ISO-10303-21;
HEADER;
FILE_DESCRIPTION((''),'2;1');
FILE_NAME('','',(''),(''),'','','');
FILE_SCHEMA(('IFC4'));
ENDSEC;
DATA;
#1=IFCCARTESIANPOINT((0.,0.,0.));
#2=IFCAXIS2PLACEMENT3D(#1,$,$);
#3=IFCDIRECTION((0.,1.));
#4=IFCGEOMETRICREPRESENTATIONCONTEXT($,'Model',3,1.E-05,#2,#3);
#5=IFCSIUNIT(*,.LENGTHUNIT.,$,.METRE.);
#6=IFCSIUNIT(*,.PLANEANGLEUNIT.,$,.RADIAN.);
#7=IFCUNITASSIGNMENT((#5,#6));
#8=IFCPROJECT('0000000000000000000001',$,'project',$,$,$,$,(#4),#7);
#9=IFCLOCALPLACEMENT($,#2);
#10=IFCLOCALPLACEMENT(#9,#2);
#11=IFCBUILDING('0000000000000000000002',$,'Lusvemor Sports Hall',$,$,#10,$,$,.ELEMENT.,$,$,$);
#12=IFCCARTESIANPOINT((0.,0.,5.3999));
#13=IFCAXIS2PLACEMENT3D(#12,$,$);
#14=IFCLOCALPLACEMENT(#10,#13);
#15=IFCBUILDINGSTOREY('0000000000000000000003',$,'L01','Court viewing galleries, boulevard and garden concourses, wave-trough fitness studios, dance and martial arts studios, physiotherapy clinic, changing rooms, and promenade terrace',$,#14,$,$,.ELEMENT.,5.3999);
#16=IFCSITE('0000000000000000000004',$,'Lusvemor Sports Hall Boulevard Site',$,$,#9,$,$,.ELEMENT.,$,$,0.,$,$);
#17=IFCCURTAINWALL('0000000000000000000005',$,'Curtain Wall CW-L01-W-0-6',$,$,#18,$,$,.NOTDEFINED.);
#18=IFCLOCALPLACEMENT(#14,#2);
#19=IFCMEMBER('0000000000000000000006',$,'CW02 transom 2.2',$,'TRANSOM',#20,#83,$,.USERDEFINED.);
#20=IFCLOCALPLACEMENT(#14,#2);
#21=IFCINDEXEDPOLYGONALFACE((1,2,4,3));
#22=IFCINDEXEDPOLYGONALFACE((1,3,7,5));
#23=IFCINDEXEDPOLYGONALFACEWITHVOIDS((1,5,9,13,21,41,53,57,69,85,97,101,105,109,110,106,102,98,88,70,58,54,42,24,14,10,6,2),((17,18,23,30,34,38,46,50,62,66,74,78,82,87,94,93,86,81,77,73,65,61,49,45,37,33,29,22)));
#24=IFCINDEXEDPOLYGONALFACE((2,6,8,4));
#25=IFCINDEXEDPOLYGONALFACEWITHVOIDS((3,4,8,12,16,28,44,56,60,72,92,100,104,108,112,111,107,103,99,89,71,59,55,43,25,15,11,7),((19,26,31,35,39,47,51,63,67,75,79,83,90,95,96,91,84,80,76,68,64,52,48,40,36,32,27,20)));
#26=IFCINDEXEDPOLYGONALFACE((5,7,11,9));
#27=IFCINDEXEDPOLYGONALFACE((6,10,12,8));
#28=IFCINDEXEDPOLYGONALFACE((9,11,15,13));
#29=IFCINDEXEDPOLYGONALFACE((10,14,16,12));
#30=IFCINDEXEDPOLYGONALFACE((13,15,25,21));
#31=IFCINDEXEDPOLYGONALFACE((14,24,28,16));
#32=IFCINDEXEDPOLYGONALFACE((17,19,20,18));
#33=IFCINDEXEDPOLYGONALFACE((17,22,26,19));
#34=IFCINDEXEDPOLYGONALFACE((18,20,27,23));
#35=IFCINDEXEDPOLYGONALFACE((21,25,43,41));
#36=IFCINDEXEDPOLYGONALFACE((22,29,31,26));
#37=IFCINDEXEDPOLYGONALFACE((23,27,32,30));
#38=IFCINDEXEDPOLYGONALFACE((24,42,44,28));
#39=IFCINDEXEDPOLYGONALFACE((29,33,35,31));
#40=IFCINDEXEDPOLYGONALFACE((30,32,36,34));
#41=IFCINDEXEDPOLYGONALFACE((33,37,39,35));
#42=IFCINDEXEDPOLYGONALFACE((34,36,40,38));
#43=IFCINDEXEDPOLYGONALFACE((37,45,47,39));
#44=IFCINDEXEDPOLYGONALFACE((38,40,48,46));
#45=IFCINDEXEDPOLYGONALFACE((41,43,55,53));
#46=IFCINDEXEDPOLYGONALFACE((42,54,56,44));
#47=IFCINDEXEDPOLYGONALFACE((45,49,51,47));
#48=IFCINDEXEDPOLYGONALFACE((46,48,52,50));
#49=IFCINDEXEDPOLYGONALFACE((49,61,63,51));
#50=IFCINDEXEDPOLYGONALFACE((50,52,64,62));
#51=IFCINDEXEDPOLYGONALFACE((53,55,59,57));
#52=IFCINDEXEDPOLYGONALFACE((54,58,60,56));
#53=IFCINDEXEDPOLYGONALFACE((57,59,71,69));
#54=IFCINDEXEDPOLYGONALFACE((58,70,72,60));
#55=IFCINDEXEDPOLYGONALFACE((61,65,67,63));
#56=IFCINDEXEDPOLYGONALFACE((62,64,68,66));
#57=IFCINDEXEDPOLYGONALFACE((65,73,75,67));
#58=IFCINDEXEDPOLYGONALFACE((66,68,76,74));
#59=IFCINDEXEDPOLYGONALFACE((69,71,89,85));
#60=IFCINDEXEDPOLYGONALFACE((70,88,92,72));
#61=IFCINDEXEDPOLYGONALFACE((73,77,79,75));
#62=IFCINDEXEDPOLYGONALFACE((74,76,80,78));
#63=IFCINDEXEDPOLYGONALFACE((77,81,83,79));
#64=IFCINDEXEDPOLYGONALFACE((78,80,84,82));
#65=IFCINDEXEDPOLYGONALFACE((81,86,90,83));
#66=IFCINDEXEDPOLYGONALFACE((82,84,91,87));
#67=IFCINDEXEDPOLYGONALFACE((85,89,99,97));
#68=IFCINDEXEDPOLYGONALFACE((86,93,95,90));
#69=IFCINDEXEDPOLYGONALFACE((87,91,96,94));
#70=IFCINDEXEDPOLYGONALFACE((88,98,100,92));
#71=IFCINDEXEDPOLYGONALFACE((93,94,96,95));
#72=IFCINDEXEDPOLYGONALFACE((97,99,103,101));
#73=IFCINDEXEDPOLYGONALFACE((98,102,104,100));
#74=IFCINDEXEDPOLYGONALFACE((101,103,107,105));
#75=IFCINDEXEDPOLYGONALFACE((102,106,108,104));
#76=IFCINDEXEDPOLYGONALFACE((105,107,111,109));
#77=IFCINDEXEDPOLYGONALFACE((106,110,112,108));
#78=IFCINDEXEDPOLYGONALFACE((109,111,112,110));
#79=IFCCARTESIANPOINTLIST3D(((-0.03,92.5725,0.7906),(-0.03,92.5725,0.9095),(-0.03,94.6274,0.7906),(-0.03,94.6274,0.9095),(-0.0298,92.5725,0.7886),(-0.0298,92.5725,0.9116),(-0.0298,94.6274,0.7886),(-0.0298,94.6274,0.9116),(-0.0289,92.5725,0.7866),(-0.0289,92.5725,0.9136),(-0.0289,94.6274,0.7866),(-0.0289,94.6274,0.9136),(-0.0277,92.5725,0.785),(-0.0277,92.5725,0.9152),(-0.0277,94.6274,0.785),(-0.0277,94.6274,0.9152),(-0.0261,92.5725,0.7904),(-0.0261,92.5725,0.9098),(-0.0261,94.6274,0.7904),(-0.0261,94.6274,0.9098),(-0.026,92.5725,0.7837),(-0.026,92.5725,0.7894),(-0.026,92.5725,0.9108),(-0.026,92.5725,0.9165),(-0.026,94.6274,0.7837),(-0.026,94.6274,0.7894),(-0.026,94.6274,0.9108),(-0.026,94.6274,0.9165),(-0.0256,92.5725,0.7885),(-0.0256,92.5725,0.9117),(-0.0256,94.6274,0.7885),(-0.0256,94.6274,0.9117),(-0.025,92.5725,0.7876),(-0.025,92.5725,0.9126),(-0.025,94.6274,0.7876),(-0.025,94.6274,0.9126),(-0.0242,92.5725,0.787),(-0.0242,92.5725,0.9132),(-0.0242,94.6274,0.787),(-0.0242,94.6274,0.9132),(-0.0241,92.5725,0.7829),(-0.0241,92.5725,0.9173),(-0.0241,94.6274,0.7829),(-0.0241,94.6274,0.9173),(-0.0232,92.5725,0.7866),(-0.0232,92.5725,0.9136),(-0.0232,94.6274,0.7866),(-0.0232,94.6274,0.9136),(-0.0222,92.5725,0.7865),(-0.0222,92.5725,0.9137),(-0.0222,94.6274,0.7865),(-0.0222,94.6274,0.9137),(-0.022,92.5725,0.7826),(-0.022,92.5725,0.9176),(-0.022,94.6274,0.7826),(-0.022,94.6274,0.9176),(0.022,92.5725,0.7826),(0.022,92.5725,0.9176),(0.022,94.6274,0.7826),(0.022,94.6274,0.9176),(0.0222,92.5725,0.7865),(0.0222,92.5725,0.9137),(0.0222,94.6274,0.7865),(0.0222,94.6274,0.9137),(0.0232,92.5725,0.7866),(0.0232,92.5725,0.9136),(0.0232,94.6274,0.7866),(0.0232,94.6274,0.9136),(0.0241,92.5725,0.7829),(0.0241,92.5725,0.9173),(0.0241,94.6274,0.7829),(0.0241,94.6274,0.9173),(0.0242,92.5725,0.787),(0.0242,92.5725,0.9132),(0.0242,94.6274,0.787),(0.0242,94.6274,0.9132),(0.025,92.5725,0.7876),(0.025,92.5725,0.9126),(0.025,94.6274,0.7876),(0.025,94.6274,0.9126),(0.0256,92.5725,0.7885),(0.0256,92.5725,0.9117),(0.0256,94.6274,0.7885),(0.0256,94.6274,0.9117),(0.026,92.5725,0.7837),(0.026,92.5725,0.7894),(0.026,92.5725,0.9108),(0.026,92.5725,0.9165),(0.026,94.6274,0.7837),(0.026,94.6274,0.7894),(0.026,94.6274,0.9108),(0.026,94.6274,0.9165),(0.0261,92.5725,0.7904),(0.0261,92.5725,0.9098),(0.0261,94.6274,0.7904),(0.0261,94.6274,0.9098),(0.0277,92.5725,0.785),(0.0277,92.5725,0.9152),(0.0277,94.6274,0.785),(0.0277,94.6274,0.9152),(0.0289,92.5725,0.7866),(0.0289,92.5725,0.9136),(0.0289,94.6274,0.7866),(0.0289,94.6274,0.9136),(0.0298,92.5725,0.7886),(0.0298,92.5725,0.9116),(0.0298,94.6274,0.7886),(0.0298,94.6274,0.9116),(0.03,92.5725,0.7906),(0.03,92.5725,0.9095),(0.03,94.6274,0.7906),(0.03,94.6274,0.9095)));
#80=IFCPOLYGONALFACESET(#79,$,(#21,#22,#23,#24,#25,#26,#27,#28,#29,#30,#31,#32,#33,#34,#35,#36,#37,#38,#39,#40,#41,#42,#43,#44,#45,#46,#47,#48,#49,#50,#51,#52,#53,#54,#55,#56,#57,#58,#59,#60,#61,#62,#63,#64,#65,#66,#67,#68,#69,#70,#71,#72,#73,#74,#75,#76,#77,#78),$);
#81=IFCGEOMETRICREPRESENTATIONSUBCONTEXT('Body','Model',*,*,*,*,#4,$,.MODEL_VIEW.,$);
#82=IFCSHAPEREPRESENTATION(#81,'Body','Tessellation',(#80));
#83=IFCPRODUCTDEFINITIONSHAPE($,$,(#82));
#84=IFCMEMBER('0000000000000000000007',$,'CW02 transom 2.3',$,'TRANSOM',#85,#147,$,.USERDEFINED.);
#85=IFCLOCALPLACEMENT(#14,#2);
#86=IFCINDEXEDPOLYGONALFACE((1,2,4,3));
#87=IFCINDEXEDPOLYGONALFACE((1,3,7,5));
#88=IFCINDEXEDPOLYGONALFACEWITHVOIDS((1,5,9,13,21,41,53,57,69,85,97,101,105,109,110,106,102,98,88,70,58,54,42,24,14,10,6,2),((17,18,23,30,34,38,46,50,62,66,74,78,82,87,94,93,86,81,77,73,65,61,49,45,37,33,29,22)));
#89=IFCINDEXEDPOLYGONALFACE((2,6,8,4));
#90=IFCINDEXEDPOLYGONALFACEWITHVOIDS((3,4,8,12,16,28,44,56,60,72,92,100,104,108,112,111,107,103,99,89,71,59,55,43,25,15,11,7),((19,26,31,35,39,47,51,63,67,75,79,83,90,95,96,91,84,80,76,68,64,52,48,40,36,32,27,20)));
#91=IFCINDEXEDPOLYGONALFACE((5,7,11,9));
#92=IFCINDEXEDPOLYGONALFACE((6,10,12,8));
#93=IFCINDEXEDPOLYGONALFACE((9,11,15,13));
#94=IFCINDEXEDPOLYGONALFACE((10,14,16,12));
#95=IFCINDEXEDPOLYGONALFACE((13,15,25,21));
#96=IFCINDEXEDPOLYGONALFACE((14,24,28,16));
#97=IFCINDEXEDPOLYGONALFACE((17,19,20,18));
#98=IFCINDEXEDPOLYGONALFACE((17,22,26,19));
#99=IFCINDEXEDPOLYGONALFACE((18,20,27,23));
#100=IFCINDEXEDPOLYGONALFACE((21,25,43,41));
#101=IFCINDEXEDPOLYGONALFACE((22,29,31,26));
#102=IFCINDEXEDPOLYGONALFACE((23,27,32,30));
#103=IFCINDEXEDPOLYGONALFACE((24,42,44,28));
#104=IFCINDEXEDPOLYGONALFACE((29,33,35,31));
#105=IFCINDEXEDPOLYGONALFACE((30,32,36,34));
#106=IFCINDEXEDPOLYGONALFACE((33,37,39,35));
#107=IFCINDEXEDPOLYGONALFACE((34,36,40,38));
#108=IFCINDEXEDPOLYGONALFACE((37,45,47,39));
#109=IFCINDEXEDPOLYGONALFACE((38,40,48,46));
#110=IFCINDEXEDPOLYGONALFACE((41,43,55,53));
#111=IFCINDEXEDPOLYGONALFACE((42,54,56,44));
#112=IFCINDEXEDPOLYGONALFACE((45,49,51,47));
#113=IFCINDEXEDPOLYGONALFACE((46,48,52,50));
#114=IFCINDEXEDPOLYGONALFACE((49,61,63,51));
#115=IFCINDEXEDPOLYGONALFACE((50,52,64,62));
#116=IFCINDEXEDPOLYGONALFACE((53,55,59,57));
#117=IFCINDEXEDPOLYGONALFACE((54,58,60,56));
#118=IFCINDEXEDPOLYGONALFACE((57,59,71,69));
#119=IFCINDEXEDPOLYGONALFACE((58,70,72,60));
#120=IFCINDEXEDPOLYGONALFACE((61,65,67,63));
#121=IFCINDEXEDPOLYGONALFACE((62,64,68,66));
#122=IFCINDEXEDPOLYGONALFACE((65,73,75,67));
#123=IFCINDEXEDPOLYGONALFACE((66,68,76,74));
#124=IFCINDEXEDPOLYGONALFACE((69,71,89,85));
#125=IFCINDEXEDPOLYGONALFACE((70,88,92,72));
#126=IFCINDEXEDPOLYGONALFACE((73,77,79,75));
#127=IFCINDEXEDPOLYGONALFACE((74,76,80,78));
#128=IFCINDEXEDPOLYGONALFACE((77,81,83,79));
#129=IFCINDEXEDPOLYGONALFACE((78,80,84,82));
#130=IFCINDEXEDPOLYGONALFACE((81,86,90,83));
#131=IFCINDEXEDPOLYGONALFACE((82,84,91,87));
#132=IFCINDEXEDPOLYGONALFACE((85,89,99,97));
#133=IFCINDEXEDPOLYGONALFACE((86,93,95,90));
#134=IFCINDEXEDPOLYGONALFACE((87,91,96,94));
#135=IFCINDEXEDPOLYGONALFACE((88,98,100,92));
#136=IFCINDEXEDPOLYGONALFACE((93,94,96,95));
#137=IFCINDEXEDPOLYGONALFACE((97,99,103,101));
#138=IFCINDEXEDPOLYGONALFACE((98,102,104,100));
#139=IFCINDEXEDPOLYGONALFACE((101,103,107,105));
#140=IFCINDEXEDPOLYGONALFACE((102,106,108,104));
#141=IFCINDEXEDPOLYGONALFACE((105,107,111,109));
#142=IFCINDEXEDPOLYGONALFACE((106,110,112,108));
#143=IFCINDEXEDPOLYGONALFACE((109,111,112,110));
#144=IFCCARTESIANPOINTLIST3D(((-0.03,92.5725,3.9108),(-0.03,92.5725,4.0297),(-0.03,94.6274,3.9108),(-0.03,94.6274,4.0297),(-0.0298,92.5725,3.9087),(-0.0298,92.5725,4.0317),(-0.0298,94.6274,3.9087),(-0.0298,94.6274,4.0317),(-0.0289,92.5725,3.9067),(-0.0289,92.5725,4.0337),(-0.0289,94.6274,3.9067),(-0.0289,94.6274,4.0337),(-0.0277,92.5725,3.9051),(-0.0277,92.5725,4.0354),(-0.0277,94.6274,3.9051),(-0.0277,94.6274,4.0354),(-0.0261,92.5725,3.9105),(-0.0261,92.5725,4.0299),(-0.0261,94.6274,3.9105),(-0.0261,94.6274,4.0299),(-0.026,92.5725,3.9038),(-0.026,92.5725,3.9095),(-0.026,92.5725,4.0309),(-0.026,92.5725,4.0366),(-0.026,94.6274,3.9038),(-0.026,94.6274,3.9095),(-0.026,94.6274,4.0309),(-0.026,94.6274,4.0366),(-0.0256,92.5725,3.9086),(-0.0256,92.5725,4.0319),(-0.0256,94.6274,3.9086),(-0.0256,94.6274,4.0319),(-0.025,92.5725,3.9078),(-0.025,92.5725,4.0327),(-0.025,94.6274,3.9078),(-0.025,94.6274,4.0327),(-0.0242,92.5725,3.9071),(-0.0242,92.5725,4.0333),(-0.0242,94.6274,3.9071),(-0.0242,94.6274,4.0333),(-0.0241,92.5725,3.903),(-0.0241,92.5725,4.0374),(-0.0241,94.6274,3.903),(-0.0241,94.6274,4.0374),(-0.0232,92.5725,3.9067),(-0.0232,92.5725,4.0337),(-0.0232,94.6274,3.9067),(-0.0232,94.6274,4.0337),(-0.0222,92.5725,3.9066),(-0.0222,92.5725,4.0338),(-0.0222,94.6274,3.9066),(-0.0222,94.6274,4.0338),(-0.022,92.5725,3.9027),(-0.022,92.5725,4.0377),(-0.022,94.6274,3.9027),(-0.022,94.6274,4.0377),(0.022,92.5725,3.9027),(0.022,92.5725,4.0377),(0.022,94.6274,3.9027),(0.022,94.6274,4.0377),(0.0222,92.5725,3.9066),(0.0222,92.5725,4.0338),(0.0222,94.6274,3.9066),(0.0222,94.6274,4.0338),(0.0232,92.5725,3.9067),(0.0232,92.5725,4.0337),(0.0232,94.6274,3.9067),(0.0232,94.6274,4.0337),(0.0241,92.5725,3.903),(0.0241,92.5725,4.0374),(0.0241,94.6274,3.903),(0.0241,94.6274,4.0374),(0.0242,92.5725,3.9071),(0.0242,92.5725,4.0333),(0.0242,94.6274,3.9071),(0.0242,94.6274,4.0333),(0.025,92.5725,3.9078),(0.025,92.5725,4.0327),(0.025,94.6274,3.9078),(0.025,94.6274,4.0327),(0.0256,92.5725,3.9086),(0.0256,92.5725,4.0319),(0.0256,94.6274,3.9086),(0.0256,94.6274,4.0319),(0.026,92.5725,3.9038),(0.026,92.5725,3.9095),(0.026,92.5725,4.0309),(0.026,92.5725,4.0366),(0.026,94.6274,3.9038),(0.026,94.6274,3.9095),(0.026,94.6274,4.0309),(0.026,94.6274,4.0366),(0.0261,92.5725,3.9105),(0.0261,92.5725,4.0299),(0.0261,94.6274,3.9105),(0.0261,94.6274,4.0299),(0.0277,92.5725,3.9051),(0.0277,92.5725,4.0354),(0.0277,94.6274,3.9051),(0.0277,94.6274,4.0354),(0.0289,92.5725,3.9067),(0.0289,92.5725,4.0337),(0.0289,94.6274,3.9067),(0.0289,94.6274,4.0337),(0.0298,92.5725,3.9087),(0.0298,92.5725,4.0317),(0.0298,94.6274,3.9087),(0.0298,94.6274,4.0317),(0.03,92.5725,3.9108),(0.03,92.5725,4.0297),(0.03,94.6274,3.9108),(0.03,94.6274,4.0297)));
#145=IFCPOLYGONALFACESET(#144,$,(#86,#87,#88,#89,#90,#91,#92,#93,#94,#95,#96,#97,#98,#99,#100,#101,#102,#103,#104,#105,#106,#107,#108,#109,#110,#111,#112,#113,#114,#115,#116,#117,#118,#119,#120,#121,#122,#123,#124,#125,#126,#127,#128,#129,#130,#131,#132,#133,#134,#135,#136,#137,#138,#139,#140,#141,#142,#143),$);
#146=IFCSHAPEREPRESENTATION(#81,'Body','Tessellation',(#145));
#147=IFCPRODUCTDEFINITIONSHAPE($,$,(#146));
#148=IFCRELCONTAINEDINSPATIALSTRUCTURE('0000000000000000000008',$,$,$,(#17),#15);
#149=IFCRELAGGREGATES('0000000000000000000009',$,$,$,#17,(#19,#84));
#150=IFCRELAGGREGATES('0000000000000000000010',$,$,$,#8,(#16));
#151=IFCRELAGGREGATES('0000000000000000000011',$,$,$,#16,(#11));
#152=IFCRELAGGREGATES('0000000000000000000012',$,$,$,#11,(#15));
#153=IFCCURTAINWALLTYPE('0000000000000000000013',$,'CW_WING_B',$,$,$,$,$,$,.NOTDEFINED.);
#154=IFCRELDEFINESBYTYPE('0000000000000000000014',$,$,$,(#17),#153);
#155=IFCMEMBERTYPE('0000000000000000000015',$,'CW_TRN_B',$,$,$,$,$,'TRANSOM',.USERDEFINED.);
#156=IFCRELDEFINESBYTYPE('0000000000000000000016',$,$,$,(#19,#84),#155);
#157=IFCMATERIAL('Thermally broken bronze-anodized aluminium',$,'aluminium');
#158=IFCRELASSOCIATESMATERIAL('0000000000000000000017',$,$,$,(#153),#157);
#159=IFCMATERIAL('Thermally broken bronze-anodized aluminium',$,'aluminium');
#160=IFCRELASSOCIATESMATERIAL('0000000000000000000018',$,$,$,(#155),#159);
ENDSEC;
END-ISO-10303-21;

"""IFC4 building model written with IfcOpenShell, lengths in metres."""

from ifc_helpers import new_model, si_unit, direction, frame, origin, origin_2d, place, context, subcontext, project, spatial, hollow_rectangle, extrude, material, material_profile, profile_set, type_object, element, aggregate, save


model = new_model("IFC4")

# Units and contexts
model_context = context("Model", 3, precision=1e-05, world=origin(), true_north=direction((0.0, 1.0)))
body_context = subcontext(model_context, "Body", "Model", "MODEL_VIEW")
ifc_project = project(units=[si_unit("LENGTHUNIT", "METRE"), si_unit("PLANEANGLEUNIT", "RADIAN")], contexts=[model_context])

# Site, building, storey
site_placement = place(None, origin())
site = spatial("IfcSite", under=ifc_project, at=site_placement, Name="Lusvemor Sports Hall Boulevard Site", CompositionType="ELEMENT", RefElevation=0.0)
building_placement = place(site_placement, origin())
building = spatial("IfcBuilding", under=site, at=building_placement, Name="Lusvemor Sports Hall", CompositionType="ELEMENT")
storey_placement = place(building_placement, frame((0.0, 0.0, 5.3999)))
storey = spatial("IfcBuildingStorey", under=building, at=storey_placement, Name="L01", Description="Court viewing galleries, boulevard and garden concourses, wave-trough fitness studios, dance and martial arts studios, physiotherapy clinic, changing rooms, and promenade terrace", CompositionType="ELEMENT", Elevation=5.3999)

# Curtain wall, members
ifc_material_1 = material(Name="Thermally broken bronze-anodized aluminium", Category="aluminium")
curtain_wall_type = type_object("IfcCurtainWallType", Name="CW_WING_B", PredefinedType="NOTDEFINED", material=ifc_material_1)
curtain_wall_placement = place(storey_placement, origin())
curtain_wall = element("IfcCurtainWall", 1, at=curtain_wall_placement, inside=storey, type_object=curtain_wall_type, Name="Curtain Wall CW-L01-W-0-6", PredefinedType="NOTDEFINED")
ifc_material_2 = material(Name="Thermally broken bronze-anodized aluminium", Category="aluminium")
ifc_material_profile_1 = material_profile(ifc_material_2, hollow_rectangle(XDim=0.0601, YDim=0.135, WallThickness=0.0039, InnerFilletRadius=0.0039, OuterFilletRadius=0.0081, at=origin_2d()), Name="CWTRN135x60x4")
ifc_profile_set_1 = profile_set([ifc_material_profile_1], Name="Thermally broken bronze-anodized aluminium")
member_type_1 = type_object("IfcMemberType", Name="CW_TRN_B", ElementType="TRANSOM", PredefinedType="USERDEFINED", material=ifc_profile_set_1)
member_1_placement = place(storey_placement, frame((0.0, 92.5725, 0.8501), z_axis=(0.0, 1.0, 0.0), x_axis=(-1.0, 0.0, 0.0)))
member_1 = element("IfcMember", 2, at=member_1_placement, type_object=member_type_1, Name="CW02 transom 2.2", ObjectType="TRANSOM", PredefinedType="USERDEFINED", context=body_context, shape_type="SweptSolid", body=[
    extrude(hollow_rectangle(XDim=0.0601, YDim=0.135, WallThickness=0.0039, InnerFilletRadius=0.0039, OuterFilletRadius=0.0081, at=origin_2d()), origin(), (0.0, 0.0, 1.0), 2.0549),
])
member_2_placement = place(storey_placement, frame((0.0, 92.5725, 3.9702), z_axis=(0.0, 1.0, 0.0), x_axis=(-1.0, 0.0, 0.0)))
member_2 = element("IfcMember", 3, at=member_2_placement, type_object=member_type_1, Name="CW02 transom 2.3", ObjectType="TRANSOM", PredefinedType="USERDEFINED", context=body_context, shape_type="SweptSolid", body=[
    extrude(hollow_rectangle(XDim=0.0601, YDim=0.135, WallThickness=0.0039, InnerFilletRadius=0.0039, OuterFilletRadius=0.0081, at=origin_2d()), origin(), (0.0, 0.0, 1.0), 2.0549),
])

aggregate(curtain_wall, [member_1, member_2])

save(model, "model.ifc")
